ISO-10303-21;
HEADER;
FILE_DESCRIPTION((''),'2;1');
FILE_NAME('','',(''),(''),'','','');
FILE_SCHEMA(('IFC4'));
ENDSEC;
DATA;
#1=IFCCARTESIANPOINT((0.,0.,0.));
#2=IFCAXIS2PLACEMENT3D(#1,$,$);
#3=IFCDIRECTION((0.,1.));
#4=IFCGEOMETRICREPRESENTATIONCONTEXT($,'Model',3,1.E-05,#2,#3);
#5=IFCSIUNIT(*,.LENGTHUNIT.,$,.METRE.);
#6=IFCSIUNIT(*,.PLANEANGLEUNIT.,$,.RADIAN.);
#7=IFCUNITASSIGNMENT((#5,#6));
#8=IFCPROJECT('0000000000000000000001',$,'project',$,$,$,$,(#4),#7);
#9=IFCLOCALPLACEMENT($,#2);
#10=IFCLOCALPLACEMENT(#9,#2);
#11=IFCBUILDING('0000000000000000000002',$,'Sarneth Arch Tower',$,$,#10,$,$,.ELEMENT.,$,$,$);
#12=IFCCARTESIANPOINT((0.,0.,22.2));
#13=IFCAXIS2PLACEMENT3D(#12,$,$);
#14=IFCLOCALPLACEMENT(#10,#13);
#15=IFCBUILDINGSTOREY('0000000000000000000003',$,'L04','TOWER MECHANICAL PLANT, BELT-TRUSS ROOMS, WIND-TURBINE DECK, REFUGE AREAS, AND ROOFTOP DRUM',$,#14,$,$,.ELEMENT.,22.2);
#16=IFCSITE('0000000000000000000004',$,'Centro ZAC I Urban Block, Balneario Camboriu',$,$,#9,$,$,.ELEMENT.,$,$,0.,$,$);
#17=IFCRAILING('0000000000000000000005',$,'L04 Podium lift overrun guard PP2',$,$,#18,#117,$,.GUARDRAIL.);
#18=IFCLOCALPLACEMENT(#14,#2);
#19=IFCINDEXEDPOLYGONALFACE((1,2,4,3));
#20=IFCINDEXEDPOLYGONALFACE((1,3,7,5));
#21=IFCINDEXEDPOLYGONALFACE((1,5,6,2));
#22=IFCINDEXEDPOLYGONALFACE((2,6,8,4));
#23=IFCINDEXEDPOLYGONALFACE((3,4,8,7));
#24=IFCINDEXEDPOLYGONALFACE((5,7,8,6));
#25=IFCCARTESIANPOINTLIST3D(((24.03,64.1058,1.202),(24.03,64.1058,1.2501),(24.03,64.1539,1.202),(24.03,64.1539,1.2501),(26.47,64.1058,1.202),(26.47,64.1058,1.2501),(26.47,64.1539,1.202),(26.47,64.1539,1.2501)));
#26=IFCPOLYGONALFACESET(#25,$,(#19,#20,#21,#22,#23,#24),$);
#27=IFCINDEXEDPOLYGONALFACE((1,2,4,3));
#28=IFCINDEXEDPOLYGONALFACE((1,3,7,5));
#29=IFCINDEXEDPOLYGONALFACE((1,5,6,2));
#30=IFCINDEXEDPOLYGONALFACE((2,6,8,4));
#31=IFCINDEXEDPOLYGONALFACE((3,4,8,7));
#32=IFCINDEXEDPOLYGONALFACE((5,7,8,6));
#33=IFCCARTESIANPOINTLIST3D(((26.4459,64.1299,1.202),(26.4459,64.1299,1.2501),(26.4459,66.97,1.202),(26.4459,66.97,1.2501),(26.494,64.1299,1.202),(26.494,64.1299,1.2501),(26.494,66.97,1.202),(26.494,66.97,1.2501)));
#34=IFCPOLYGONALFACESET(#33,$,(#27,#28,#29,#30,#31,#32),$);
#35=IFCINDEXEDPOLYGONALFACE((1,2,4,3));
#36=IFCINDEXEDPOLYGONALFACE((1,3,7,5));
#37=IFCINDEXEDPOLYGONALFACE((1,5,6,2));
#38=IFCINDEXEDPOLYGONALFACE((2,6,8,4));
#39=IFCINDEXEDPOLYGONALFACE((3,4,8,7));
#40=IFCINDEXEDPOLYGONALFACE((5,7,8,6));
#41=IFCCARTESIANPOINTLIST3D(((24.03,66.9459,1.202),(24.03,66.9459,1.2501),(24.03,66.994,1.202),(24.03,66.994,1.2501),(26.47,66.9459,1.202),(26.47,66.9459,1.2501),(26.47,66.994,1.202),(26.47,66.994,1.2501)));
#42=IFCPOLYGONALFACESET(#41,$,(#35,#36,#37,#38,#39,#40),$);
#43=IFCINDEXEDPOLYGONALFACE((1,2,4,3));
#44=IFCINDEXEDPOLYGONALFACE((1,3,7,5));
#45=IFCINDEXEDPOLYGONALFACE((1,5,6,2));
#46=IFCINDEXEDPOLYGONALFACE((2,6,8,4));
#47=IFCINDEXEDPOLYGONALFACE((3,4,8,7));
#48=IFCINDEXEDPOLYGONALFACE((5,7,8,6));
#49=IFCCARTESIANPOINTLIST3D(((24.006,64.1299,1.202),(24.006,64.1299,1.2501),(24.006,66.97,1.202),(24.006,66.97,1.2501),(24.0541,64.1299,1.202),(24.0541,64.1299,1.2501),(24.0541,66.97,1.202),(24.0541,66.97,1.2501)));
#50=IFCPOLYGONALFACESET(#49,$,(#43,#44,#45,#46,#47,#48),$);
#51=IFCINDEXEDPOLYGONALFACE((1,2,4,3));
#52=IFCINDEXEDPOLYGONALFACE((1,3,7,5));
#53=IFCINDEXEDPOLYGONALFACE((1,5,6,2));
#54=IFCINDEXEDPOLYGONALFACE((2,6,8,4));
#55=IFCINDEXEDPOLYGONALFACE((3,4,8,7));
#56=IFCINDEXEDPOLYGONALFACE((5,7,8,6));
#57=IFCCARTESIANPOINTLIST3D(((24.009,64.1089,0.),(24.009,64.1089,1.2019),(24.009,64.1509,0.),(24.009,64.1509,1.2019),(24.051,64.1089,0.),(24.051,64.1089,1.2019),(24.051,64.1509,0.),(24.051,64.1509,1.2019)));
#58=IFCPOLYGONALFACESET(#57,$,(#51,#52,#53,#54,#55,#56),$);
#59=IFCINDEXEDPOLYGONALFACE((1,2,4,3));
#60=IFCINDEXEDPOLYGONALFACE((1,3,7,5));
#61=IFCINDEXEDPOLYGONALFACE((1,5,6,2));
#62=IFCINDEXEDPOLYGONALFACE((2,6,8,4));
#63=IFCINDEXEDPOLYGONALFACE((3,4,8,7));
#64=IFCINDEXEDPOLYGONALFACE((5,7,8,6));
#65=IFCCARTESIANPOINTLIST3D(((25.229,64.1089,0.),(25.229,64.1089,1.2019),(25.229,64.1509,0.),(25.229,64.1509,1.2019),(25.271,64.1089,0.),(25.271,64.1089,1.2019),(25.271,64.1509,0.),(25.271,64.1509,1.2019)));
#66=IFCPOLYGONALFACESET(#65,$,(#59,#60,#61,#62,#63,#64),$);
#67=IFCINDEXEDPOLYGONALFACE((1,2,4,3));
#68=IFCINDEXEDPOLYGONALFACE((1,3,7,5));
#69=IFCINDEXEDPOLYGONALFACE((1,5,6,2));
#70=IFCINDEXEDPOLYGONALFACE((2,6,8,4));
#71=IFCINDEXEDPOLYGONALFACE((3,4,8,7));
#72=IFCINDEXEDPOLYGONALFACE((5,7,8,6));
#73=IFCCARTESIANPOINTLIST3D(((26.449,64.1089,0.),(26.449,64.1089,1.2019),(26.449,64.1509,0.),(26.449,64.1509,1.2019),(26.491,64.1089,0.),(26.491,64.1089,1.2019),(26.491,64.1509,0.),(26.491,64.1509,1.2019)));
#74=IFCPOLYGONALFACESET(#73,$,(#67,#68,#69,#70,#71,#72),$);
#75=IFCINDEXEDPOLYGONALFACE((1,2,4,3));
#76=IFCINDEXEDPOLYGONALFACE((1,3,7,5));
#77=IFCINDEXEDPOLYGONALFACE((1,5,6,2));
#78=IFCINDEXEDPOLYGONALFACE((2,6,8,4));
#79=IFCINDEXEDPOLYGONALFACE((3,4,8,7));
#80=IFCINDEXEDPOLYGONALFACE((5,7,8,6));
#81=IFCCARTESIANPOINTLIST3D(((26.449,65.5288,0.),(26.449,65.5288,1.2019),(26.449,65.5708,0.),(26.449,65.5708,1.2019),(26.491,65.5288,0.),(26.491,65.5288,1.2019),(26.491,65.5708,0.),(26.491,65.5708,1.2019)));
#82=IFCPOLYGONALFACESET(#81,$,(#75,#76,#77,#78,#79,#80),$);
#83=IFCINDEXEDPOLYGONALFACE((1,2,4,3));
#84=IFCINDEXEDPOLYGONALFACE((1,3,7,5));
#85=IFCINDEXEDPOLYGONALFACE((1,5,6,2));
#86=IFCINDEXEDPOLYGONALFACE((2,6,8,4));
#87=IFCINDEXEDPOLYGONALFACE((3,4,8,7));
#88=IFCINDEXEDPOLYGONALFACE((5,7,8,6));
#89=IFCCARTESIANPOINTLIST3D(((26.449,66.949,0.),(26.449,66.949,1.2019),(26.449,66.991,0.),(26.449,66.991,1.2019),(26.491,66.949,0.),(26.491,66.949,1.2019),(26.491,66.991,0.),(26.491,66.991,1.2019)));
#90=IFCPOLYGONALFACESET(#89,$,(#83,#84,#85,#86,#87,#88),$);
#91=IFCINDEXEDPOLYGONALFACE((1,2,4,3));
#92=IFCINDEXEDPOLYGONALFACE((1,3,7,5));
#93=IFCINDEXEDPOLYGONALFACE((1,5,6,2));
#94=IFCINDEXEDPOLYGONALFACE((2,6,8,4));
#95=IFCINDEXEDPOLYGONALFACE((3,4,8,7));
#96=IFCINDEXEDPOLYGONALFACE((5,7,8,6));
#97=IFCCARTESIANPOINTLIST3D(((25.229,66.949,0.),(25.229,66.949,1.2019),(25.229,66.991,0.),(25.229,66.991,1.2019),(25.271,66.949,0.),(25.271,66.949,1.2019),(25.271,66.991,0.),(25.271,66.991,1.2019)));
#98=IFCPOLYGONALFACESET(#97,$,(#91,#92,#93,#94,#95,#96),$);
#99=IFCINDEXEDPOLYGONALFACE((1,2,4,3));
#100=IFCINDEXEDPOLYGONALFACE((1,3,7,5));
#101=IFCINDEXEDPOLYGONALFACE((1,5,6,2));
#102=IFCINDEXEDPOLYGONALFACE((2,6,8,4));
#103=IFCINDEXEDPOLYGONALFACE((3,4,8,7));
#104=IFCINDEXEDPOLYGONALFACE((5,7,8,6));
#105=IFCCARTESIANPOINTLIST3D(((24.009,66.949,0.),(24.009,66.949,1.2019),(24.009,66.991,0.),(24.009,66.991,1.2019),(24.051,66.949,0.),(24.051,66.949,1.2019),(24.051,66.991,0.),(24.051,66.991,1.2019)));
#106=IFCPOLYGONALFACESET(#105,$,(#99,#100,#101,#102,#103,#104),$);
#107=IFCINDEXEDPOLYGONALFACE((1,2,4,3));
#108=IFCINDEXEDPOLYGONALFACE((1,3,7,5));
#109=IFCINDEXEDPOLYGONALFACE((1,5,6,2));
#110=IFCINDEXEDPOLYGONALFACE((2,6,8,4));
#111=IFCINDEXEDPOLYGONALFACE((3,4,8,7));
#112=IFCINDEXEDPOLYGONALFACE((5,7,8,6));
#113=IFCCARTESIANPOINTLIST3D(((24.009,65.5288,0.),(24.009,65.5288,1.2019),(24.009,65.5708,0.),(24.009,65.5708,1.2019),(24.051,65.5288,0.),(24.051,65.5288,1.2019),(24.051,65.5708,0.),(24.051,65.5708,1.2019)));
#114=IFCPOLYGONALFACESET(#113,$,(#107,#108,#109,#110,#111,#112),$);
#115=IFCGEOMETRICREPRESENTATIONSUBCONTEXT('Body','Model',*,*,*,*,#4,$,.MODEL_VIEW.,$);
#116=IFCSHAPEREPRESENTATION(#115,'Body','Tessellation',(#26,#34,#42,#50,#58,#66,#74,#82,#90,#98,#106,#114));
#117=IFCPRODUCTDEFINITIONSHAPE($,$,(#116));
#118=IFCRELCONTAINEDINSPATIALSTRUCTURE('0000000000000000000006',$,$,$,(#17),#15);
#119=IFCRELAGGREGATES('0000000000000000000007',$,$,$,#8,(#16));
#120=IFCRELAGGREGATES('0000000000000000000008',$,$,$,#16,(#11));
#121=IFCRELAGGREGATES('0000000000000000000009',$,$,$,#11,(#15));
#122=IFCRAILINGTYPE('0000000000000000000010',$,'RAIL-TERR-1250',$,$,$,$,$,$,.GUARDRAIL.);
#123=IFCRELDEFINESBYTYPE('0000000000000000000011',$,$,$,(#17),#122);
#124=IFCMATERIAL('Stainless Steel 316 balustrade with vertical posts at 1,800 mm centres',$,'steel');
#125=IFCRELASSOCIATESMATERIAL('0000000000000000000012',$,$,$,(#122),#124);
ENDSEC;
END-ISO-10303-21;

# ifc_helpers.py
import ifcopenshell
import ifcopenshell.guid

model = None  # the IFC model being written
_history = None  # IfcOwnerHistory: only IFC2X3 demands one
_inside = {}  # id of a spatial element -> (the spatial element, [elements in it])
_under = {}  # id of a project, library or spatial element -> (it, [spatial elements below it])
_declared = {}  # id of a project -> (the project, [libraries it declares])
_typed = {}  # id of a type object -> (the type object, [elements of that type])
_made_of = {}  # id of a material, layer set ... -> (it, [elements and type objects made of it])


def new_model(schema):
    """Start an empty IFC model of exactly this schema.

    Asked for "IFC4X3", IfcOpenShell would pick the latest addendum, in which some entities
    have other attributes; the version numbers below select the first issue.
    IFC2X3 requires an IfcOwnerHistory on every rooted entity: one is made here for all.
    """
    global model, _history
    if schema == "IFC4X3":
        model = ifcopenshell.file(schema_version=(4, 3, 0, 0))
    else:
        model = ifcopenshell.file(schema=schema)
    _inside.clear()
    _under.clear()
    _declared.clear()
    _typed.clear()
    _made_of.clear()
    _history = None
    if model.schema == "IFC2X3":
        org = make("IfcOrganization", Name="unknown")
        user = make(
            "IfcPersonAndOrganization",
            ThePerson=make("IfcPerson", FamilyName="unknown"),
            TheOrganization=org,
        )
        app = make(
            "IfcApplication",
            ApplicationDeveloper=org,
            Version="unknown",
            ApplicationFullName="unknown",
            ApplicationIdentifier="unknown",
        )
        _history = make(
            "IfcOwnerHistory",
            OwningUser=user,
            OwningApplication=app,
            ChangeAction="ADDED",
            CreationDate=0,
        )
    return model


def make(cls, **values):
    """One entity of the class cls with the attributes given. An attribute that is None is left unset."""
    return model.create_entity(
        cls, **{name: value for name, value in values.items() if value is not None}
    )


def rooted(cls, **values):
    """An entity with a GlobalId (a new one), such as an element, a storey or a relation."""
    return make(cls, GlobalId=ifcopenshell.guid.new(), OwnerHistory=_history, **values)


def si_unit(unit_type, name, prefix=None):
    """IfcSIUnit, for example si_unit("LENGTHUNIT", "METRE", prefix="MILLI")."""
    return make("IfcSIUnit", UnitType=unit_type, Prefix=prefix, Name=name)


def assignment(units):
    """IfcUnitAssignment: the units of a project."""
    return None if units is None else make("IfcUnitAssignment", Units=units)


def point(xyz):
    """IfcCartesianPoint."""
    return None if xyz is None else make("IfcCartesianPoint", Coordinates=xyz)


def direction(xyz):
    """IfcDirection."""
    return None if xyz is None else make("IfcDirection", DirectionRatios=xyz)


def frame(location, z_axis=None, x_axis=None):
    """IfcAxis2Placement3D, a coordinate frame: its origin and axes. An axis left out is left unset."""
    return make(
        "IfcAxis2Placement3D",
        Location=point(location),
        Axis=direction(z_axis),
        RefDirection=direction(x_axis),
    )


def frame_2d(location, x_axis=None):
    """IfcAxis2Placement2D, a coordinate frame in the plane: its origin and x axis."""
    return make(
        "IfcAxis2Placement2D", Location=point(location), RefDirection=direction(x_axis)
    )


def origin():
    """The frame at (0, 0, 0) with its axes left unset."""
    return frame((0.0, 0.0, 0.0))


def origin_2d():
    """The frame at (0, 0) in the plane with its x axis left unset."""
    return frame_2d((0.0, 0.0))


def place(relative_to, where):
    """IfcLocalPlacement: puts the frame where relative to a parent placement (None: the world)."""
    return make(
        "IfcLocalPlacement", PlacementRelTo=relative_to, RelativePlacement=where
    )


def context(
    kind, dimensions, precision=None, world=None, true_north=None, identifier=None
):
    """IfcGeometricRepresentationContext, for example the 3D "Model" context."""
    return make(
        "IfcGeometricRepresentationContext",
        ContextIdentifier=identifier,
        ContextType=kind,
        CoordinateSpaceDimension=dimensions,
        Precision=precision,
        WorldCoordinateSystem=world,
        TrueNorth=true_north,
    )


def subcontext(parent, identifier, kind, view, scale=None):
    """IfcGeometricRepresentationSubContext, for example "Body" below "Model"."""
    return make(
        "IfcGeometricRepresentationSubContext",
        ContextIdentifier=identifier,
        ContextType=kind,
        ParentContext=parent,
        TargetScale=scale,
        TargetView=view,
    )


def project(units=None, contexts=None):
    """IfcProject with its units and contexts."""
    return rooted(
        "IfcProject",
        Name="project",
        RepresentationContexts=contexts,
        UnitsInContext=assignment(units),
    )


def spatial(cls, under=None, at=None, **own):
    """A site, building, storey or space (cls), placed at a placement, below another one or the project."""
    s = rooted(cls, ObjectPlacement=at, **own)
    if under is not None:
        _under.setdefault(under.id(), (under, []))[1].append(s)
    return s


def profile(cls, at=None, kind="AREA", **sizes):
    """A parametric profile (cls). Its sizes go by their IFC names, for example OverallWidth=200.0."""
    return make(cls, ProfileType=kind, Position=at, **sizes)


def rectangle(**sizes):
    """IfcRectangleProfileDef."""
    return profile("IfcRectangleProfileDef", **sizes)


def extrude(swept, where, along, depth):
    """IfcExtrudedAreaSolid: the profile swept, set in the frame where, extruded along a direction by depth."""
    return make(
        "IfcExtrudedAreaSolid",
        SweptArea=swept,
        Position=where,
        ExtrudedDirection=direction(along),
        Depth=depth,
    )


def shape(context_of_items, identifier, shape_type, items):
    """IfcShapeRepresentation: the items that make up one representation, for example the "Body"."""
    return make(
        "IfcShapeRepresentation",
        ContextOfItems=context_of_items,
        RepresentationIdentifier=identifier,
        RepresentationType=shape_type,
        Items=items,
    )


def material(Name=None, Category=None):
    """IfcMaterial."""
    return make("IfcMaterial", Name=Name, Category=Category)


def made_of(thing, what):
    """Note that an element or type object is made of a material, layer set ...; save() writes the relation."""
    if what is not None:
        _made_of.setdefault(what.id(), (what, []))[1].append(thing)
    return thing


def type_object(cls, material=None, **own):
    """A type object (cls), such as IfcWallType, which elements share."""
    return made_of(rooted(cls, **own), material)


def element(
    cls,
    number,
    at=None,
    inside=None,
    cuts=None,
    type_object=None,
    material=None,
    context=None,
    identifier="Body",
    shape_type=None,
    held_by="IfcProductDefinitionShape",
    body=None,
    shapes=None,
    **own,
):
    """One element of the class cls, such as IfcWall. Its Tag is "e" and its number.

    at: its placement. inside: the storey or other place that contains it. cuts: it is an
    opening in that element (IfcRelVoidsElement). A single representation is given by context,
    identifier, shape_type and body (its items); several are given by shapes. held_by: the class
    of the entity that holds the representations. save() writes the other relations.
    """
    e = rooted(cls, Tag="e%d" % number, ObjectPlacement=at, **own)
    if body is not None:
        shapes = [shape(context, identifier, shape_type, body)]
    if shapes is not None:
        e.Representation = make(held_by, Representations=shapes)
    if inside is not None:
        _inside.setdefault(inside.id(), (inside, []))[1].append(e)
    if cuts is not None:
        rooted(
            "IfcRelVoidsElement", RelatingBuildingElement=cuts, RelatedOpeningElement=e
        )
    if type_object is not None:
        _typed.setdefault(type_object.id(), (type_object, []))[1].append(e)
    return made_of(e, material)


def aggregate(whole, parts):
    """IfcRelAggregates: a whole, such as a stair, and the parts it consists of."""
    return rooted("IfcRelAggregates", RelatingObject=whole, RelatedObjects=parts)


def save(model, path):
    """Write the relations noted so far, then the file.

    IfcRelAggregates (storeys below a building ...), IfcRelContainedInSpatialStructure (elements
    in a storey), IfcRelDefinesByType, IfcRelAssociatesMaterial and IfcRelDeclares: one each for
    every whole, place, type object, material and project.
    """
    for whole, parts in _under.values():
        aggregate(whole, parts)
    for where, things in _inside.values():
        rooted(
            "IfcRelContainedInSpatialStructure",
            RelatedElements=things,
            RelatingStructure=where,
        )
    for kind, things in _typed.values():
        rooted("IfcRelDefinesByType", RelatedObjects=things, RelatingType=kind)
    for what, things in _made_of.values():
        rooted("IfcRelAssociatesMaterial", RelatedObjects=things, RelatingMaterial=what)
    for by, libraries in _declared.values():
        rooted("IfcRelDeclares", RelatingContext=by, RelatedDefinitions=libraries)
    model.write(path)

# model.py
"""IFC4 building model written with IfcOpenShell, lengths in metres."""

from ifc_helpers import new_model, si_unit, direction, frame, origin, origin_2d, place, context, subcontext, project, spatial, rectangle, extrude, material, type_object, element, save


model = new_model("IFC4")

# Units and contexts
model_context = context("Model", 3, precision=1e-05, world=origin(), true_north=direction((0.0, 1.0)))
body_context = subcontext(model_context, "Body", "Model", "MODEL_VIEW")
ifc_project = project(units=[si_unit("LENGTHUNIT", "METRE"), si_unit("PLANEANGLEUNIT", "RADIAN")], contexts=[model_context])

# Site, building, storey
site_placement = place(None, origin())
site = spatial("IfcSite", under=ifc_project, at=site_placement, Name="Centro ZAC I Urban Block, Balneario Camboriu", CompositionType="ELEMENT", RefElevation=0.0)
building_placement = place(site_placement, origin())
building = spatial("IfcBuilding", under=site, at=building_placement, Name="Sarneth Arch Tower", CompositionType="ELEMENT")
storey_placement = place(building_placement, frame((0.0, 0.0, 22.2)))
storey = spatial("IfcBuildingStorey", under=building, at=storey_placement, Name="L04", Description="TOWER MECHANICAL PLANT, BELT-TRUSS ROOMS, WIND-TURBINE DECK, REFUGE AREAS, AND ROOFTOP DRUM", CompositionType="ELEMENT", Elevation=22.2)

# Railing
ifc_material_1 = material(Name="Stainless Steel 316 balustrade with vertical posts at 1,800 mm centres", Category="steel")
railing_type = type_object("IfcRailingType", Name="RAIL-TERR-1250", PredefinedType="GUARDRAIL", material=ifc_material_1)
railing_1_placement = place(storey_placement, frame((24.03, 64.1299, 0.0)))
element("IfcRailing", 1, at=railing_1_placement, inside=storey, type_object=railing_type, Name="L04 Podium lift overrun guard PP2", PredefinedType="GUARDRAIL", context=body_context, shape_type="SweptSolid", body=[
    extrude(rectangle(XDim=0.0481, YDim=0.0481, at=origin_2d()), frame((0.0, 0.0, 1.2261), z_axis=(1.0, 0.0, 0.0), x_axis=(0.0, 1.0, 0.0)), (0.0, 0.0, 1.0), 2.4399),
    extrude(rectangle(XDim=0.0481, YDim=0.0481, at=origin_2d()), frame((2.4399, 0.0, 1.2261), z_axis=(0.0, 1.0, 0.0), x_axis=(-1.0, 0.0, 0.0)), (0.0, 0.0, 1.0), 2.8401),
    extrude(rectangle(XDim=0.0481, YDim=0.0481, at=origin_2d()), frame((2.4399, 2.8401, 1.2261), z_axis=(-1.0, 0.0, 0.0), x_axis=(0.0, -1.0, 0.0)), (0.0, 0.0, 1.0), 2.4399),
    extrude(rectangle(XDim=0.0481, YDim=0.0481, at=origin_2d()), frame((0.0, 2.8401, 1.2261), z_axis=(0.0, -1.0, 0.0), x_axis=(1.0, 0.0, 0.0)), (0.0, 0.0, 1.0), 2.8401),
    extrude(rectangle(XDim=0.042, YDim=0.042, at=origin_2d()), origin(), (0.0, 0.0, 1.0), 1.2019),
    extrude(rectangle(XDim=0.042, YDim=0.042, at=origin_2d()), frame((1.22, 0.0, 0.0)), (0.0, 0.0, 1.0), 1.2019),
    extrude(rectangle(XDim=0.042, YDim=0.042, at=origin_2d()), frame((2.4399, 0.0, 0.0)), (0.0, 0.0, 1.0), 1.2019),
    extrude(rectangle(XDim=0.042, YDim=0.042, at=origin_2d()), frame((2.4399, 1.4199, 0.0)), (0.0, 0.0, 1.0), 1.2019),
    extrude(rectangle(XDim=0.042, YDim=0.042, at=origin_2d()), frame((2.4399, 2.8401, 0.0)), (0.0, 0.0, 1.0), 1.2019),
    extrude(rectangle(XDim=0.042, YDim=0.042, at=origin_2d()), frame((1.22, 2.8401, 0.0)), (0.0, 0.0, 1.0), 1.2019),
    extrude(rectangle(XDim=0.042, YDim=0.042, at=origin_2d()), frame((0.0, 2.8401, 0.0)), (0.0, 0.0, 1.0), 1.2019),
    extrude(rectangle(XDim=0.042, YDim=0.042, at=origin_2d()), frame((0.0, 1.4199, 0.0)), (0.0, 0.0, 1.0), 1.2019),
])

save(model, "model.ifc")
